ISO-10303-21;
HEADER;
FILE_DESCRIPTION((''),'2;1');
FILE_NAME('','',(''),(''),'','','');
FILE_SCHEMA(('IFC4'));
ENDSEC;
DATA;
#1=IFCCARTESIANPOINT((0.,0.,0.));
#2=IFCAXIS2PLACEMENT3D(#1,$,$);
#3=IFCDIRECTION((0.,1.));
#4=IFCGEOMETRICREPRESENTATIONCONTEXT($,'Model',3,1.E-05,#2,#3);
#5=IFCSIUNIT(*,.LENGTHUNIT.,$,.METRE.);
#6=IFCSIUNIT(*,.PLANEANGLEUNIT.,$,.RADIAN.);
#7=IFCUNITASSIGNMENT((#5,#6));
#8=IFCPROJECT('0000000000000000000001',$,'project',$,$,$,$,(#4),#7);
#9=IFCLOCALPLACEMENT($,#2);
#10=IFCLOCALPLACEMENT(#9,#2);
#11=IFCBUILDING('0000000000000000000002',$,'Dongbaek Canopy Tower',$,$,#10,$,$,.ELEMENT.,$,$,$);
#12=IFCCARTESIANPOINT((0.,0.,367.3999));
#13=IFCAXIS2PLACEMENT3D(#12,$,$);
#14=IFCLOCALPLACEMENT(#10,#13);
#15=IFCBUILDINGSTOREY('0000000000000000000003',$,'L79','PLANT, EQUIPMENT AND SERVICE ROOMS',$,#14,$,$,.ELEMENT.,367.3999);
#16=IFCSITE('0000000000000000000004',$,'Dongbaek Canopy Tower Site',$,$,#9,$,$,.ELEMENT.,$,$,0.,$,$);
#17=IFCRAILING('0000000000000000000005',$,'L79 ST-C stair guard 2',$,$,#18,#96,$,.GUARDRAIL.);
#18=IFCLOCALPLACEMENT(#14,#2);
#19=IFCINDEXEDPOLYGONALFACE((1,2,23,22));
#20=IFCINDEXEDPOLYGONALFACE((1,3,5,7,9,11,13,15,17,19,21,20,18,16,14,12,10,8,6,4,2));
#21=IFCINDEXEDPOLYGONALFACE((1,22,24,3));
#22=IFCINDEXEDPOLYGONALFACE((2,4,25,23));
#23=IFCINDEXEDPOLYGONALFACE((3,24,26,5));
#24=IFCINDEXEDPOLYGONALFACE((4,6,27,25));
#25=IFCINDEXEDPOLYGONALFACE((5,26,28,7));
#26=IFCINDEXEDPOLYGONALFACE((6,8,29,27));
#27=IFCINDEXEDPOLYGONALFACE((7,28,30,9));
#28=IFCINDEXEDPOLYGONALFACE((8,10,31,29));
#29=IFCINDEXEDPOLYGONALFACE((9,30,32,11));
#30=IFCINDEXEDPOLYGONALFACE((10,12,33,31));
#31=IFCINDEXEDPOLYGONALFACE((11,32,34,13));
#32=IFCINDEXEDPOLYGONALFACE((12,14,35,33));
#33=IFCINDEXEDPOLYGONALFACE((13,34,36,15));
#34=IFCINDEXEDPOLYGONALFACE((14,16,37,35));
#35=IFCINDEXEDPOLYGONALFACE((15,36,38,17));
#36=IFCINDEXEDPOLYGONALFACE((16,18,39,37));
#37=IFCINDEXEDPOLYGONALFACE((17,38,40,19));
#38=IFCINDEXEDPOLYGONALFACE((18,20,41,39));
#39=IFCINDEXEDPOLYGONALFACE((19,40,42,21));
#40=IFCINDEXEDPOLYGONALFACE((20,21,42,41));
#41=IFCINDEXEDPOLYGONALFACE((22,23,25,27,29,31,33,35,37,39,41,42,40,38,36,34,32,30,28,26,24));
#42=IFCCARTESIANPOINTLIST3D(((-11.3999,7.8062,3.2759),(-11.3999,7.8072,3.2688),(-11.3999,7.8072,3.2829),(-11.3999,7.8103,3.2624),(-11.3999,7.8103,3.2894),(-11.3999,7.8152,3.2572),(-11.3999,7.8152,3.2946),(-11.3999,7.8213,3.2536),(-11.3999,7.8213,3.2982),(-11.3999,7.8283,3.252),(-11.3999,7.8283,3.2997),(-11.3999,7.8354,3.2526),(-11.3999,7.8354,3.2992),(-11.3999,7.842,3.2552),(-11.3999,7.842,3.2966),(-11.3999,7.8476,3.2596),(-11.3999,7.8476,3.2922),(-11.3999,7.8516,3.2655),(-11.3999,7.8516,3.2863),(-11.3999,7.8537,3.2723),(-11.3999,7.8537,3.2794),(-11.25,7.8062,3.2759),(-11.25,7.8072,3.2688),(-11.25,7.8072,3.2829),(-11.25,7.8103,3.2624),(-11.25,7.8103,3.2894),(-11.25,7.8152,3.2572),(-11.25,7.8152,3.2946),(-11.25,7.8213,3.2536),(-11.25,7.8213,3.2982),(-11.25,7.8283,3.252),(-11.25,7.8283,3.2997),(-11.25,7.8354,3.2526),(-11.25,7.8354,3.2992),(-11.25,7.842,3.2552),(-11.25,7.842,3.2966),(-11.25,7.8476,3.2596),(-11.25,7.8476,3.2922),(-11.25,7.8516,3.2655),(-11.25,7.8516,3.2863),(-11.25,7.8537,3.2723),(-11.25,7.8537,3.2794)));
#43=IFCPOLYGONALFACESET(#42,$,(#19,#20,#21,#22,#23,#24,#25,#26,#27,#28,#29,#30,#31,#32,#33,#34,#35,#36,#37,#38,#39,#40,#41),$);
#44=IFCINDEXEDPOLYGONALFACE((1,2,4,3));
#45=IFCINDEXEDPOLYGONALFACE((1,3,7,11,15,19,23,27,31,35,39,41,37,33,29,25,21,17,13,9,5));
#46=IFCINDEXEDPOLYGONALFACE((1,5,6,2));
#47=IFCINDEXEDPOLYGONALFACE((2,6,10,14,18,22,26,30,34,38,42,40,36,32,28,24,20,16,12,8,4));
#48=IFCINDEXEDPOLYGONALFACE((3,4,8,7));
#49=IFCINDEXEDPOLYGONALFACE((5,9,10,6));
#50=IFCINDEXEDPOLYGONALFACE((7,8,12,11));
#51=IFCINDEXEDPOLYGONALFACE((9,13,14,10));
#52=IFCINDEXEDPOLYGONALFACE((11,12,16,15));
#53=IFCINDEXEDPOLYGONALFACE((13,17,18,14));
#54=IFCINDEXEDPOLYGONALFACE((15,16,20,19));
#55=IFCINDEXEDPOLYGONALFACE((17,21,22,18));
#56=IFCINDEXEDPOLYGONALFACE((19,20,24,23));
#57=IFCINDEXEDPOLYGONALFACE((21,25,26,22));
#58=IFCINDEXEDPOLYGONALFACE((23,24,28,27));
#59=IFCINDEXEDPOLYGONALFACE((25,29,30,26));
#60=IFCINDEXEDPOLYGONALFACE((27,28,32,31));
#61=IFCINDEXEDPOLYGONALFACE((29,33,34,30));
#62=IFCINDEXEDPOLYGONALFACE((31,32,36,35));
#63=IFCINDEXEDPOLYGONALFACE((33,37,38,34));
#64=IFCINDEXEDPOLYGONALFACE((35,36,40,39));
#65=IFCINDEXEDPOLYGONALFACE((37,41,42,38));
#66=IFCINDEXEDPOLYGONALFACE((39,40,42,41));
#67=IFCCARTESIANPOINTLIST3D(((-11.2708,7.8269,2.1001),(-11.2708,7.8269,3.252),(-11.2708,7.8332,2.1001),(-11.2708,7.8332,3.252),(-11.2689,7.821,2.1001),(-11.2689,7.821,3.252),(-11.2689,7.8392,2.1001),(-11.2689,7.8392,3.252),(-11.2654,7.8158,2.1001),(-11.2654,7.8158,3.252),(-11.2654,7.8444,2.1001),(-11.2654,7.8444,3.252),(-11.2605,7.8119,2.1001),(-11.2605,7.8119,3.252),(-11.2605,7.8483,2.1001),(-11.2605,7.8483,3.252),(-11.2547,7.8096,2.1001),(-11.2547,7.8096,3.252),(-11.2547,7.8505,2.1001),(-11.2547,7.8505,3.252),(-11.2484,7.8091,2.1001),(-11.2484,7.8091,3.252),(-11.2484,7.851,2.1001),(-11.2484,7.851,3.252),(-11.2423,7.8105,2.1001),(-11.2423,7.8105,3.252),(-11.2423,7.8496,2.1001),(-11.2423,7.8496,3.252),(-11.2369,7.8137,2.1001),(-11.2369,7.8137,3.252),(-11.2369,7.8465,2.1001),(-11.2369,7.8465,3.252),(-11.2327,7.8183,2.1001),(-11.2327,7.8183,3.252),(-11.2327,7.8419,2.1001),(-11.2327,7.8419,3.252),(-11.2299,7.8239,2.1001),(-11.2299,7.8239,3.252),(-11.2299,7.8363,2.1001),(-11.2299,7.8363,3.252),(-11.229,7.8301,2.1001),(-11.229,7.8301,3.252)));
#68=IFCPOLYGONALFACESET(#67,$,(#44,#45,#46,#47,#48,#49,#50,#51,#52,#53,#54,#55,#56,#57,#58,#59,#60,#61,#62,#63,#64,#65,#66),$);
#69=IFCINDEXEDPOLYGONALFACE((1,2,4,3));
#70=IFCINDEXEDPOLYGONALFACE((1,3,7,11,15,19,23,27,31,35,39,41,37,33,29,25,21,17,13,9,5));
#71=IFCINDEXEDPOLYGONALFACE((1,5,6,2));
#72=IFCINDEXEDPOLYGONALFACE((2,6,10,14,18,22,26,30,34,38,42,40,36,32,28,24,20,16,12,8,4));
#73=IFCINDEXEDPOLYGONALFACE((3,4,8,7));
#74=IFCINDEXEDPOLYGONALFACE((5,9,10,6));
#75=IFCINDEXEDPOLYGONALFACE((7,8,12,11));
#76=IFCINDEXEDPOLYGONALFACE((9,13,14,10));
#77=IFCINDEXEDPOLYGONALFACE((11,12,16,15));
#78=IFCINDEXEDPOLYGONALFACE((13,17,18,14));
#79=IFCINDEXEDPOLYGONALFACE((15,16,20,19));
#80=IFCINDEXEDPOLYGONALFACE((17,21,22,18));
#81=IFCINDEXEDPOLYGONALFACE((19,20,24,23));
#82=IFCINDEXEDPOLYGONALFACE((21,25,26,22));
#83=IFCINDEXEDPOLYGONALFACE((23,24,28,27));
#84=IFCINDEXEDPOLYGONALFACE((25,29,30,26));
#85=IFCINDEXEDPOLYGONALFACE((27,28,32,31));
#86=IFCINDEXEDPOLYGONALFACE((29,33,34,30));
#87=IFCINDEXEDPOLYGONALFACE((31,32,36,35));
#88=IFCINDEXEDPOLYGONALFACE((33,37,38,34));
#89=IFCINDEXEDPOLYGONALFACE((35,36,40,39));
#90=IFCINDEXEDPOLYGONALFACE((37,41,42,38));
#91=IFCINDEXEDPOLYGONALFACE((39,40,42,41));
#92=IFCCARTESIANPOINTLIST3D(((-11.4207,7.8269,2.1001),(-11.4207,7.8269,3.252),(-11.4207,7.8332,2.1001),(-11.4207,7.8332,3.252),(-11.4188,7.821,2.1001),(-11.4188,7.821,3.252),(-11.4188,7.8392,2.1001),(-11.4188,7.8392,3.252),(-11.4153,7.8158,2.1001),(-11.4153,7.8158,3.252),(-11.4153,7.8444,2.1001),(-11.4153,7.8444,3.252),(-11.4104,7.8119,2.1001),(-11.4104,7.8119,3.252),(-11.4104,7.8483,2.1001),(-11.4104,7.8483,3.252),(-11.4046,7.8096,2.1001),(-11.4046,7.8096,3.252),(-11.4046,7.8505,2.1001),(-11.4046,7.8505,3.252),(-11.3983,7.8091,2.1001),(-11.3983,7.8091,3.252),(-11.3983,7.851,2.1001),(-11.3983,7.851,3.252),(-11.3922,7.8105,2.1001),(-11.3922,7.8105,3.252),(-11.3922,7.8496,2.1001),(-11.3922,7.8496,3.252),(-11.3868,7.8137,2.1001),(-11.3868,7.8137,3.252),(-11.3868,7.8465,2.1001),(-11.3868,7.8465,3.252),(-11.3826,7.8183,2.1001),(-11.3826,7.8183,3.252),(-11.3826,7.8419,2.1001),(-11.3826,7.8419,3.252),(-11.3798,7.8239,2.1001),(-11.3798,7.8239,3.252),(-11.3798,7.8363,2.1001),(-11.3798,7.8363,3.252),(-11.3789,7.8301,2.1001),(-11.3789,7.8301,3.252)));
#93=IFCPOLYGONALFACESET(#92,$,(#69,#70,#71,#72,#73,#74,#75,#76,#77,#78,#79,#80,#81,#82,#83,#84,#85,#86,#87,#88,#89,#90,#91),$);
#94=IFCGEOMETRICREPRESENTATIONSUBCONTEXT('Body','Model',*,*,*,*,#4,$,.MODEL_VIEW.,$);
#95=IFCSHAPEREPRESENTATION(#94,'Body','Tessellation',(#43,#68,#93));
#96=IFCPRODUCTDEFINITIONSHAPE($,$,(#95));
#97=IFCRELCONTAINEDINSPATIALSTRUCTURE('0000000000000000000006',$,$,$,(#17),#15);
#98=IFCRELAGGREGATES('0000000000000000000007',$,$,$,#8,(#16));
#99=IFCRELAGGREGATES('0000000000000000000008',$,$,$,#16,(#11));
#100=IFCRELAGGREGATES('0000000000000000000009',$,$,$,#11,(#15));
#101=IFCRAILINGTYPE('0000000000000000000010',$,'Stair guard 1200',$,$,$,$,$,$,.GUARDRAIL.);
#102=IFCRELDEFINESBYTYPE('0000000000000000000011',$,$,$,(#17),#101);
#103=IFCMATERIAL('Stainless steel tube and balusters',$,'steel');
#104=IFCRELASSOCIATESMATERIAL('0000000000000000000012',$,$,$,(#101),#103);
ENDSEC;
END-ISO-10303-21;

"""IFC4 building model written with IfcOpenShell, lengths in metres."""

from ifc_helpers import new_model, si_unit, direction, frame, origin, origin_2d, place, context, subcontext, project, spatial, circle, extrude, material, type_object, element, save


model = new_model("IFC4")

# Units and contexts
model_context = context("Model", 3, precision=1e-05, world=origin(), true_north=direction((0.0, 1.0)))
body_context = subcontext(model_context, "Body", "Model", "MODEL_VIEW")
ifc_project = project(units=[si_unit("LENGTHUNIT", "METRE"), si_unit("PLANEANGLEUNIT", "RADIAN")], contexts=[model_context])

# Site, building, storey
site_placement = place(None, origin())
site = spatial("IfcSite", under=ifc_project, at=site_placement, Name="Dongbaek Canopy Tower Site", CompositionType="ELEMENT", RefElevation=0.0)
building_placement = place(site_placement, origin())
building = spatial("IfcBuilding", under=site, at=building_placement, Name="Dongbaek Canopy Tower", CompositionType="ELEMENT")
storey_placement = place(building_placement, frame((0.0, 0.0, 367.3999)))
storey = spatial("IfcBuildingStorey", under=building, at=storey_placement, Name="L79", Description="PLANT, EQUIPMENT AND SERVICE ROOMS", CompositionType="ELEMENT", Elevation=367.3999)

# Railing
ifc_material_1 = material(Name="Stainless steel tube and balusters", Category="steel")
railing_type_1 = type_object("IfcRailingType", Name="Stair guard 1200", PredefinedType="GUARDRAIL", material=ifc_material_1)
railing_1_placement = place(storey_placement, frame((-11.25, 7.8301, 2.1001)))
element("IfcRailing", 1, at=railing_1_placement, inside=storey, type_object=railing_type_1, Name="L79 ST-C stair guard 2", PredefinedType="GUARDRAIL", context=body_context, shape_type="SweptSolid", body=[
    extrude(circle(Radius=0.0239, at=origin_2d()), frame((0.0, 0.0, 1.1758), z_axis=(-1.0, 0.0, 0.0), x_axis=(0.0, -1.0, 0.0)), (0.0, 0.0, 1.0), 0.1499),
    extrude(circle(Radius=0.021, at=origin_2d()), origin(), (0.0, 0.0, 1.0), 1.1519),
    extrude(circle(Radius=0.021, at=origin_2d()), frame((-0.1499, 0.0, 0.0)), (0.0, 0.0, 1.0), 1.1519),
])

save(model, "model.ifc")
